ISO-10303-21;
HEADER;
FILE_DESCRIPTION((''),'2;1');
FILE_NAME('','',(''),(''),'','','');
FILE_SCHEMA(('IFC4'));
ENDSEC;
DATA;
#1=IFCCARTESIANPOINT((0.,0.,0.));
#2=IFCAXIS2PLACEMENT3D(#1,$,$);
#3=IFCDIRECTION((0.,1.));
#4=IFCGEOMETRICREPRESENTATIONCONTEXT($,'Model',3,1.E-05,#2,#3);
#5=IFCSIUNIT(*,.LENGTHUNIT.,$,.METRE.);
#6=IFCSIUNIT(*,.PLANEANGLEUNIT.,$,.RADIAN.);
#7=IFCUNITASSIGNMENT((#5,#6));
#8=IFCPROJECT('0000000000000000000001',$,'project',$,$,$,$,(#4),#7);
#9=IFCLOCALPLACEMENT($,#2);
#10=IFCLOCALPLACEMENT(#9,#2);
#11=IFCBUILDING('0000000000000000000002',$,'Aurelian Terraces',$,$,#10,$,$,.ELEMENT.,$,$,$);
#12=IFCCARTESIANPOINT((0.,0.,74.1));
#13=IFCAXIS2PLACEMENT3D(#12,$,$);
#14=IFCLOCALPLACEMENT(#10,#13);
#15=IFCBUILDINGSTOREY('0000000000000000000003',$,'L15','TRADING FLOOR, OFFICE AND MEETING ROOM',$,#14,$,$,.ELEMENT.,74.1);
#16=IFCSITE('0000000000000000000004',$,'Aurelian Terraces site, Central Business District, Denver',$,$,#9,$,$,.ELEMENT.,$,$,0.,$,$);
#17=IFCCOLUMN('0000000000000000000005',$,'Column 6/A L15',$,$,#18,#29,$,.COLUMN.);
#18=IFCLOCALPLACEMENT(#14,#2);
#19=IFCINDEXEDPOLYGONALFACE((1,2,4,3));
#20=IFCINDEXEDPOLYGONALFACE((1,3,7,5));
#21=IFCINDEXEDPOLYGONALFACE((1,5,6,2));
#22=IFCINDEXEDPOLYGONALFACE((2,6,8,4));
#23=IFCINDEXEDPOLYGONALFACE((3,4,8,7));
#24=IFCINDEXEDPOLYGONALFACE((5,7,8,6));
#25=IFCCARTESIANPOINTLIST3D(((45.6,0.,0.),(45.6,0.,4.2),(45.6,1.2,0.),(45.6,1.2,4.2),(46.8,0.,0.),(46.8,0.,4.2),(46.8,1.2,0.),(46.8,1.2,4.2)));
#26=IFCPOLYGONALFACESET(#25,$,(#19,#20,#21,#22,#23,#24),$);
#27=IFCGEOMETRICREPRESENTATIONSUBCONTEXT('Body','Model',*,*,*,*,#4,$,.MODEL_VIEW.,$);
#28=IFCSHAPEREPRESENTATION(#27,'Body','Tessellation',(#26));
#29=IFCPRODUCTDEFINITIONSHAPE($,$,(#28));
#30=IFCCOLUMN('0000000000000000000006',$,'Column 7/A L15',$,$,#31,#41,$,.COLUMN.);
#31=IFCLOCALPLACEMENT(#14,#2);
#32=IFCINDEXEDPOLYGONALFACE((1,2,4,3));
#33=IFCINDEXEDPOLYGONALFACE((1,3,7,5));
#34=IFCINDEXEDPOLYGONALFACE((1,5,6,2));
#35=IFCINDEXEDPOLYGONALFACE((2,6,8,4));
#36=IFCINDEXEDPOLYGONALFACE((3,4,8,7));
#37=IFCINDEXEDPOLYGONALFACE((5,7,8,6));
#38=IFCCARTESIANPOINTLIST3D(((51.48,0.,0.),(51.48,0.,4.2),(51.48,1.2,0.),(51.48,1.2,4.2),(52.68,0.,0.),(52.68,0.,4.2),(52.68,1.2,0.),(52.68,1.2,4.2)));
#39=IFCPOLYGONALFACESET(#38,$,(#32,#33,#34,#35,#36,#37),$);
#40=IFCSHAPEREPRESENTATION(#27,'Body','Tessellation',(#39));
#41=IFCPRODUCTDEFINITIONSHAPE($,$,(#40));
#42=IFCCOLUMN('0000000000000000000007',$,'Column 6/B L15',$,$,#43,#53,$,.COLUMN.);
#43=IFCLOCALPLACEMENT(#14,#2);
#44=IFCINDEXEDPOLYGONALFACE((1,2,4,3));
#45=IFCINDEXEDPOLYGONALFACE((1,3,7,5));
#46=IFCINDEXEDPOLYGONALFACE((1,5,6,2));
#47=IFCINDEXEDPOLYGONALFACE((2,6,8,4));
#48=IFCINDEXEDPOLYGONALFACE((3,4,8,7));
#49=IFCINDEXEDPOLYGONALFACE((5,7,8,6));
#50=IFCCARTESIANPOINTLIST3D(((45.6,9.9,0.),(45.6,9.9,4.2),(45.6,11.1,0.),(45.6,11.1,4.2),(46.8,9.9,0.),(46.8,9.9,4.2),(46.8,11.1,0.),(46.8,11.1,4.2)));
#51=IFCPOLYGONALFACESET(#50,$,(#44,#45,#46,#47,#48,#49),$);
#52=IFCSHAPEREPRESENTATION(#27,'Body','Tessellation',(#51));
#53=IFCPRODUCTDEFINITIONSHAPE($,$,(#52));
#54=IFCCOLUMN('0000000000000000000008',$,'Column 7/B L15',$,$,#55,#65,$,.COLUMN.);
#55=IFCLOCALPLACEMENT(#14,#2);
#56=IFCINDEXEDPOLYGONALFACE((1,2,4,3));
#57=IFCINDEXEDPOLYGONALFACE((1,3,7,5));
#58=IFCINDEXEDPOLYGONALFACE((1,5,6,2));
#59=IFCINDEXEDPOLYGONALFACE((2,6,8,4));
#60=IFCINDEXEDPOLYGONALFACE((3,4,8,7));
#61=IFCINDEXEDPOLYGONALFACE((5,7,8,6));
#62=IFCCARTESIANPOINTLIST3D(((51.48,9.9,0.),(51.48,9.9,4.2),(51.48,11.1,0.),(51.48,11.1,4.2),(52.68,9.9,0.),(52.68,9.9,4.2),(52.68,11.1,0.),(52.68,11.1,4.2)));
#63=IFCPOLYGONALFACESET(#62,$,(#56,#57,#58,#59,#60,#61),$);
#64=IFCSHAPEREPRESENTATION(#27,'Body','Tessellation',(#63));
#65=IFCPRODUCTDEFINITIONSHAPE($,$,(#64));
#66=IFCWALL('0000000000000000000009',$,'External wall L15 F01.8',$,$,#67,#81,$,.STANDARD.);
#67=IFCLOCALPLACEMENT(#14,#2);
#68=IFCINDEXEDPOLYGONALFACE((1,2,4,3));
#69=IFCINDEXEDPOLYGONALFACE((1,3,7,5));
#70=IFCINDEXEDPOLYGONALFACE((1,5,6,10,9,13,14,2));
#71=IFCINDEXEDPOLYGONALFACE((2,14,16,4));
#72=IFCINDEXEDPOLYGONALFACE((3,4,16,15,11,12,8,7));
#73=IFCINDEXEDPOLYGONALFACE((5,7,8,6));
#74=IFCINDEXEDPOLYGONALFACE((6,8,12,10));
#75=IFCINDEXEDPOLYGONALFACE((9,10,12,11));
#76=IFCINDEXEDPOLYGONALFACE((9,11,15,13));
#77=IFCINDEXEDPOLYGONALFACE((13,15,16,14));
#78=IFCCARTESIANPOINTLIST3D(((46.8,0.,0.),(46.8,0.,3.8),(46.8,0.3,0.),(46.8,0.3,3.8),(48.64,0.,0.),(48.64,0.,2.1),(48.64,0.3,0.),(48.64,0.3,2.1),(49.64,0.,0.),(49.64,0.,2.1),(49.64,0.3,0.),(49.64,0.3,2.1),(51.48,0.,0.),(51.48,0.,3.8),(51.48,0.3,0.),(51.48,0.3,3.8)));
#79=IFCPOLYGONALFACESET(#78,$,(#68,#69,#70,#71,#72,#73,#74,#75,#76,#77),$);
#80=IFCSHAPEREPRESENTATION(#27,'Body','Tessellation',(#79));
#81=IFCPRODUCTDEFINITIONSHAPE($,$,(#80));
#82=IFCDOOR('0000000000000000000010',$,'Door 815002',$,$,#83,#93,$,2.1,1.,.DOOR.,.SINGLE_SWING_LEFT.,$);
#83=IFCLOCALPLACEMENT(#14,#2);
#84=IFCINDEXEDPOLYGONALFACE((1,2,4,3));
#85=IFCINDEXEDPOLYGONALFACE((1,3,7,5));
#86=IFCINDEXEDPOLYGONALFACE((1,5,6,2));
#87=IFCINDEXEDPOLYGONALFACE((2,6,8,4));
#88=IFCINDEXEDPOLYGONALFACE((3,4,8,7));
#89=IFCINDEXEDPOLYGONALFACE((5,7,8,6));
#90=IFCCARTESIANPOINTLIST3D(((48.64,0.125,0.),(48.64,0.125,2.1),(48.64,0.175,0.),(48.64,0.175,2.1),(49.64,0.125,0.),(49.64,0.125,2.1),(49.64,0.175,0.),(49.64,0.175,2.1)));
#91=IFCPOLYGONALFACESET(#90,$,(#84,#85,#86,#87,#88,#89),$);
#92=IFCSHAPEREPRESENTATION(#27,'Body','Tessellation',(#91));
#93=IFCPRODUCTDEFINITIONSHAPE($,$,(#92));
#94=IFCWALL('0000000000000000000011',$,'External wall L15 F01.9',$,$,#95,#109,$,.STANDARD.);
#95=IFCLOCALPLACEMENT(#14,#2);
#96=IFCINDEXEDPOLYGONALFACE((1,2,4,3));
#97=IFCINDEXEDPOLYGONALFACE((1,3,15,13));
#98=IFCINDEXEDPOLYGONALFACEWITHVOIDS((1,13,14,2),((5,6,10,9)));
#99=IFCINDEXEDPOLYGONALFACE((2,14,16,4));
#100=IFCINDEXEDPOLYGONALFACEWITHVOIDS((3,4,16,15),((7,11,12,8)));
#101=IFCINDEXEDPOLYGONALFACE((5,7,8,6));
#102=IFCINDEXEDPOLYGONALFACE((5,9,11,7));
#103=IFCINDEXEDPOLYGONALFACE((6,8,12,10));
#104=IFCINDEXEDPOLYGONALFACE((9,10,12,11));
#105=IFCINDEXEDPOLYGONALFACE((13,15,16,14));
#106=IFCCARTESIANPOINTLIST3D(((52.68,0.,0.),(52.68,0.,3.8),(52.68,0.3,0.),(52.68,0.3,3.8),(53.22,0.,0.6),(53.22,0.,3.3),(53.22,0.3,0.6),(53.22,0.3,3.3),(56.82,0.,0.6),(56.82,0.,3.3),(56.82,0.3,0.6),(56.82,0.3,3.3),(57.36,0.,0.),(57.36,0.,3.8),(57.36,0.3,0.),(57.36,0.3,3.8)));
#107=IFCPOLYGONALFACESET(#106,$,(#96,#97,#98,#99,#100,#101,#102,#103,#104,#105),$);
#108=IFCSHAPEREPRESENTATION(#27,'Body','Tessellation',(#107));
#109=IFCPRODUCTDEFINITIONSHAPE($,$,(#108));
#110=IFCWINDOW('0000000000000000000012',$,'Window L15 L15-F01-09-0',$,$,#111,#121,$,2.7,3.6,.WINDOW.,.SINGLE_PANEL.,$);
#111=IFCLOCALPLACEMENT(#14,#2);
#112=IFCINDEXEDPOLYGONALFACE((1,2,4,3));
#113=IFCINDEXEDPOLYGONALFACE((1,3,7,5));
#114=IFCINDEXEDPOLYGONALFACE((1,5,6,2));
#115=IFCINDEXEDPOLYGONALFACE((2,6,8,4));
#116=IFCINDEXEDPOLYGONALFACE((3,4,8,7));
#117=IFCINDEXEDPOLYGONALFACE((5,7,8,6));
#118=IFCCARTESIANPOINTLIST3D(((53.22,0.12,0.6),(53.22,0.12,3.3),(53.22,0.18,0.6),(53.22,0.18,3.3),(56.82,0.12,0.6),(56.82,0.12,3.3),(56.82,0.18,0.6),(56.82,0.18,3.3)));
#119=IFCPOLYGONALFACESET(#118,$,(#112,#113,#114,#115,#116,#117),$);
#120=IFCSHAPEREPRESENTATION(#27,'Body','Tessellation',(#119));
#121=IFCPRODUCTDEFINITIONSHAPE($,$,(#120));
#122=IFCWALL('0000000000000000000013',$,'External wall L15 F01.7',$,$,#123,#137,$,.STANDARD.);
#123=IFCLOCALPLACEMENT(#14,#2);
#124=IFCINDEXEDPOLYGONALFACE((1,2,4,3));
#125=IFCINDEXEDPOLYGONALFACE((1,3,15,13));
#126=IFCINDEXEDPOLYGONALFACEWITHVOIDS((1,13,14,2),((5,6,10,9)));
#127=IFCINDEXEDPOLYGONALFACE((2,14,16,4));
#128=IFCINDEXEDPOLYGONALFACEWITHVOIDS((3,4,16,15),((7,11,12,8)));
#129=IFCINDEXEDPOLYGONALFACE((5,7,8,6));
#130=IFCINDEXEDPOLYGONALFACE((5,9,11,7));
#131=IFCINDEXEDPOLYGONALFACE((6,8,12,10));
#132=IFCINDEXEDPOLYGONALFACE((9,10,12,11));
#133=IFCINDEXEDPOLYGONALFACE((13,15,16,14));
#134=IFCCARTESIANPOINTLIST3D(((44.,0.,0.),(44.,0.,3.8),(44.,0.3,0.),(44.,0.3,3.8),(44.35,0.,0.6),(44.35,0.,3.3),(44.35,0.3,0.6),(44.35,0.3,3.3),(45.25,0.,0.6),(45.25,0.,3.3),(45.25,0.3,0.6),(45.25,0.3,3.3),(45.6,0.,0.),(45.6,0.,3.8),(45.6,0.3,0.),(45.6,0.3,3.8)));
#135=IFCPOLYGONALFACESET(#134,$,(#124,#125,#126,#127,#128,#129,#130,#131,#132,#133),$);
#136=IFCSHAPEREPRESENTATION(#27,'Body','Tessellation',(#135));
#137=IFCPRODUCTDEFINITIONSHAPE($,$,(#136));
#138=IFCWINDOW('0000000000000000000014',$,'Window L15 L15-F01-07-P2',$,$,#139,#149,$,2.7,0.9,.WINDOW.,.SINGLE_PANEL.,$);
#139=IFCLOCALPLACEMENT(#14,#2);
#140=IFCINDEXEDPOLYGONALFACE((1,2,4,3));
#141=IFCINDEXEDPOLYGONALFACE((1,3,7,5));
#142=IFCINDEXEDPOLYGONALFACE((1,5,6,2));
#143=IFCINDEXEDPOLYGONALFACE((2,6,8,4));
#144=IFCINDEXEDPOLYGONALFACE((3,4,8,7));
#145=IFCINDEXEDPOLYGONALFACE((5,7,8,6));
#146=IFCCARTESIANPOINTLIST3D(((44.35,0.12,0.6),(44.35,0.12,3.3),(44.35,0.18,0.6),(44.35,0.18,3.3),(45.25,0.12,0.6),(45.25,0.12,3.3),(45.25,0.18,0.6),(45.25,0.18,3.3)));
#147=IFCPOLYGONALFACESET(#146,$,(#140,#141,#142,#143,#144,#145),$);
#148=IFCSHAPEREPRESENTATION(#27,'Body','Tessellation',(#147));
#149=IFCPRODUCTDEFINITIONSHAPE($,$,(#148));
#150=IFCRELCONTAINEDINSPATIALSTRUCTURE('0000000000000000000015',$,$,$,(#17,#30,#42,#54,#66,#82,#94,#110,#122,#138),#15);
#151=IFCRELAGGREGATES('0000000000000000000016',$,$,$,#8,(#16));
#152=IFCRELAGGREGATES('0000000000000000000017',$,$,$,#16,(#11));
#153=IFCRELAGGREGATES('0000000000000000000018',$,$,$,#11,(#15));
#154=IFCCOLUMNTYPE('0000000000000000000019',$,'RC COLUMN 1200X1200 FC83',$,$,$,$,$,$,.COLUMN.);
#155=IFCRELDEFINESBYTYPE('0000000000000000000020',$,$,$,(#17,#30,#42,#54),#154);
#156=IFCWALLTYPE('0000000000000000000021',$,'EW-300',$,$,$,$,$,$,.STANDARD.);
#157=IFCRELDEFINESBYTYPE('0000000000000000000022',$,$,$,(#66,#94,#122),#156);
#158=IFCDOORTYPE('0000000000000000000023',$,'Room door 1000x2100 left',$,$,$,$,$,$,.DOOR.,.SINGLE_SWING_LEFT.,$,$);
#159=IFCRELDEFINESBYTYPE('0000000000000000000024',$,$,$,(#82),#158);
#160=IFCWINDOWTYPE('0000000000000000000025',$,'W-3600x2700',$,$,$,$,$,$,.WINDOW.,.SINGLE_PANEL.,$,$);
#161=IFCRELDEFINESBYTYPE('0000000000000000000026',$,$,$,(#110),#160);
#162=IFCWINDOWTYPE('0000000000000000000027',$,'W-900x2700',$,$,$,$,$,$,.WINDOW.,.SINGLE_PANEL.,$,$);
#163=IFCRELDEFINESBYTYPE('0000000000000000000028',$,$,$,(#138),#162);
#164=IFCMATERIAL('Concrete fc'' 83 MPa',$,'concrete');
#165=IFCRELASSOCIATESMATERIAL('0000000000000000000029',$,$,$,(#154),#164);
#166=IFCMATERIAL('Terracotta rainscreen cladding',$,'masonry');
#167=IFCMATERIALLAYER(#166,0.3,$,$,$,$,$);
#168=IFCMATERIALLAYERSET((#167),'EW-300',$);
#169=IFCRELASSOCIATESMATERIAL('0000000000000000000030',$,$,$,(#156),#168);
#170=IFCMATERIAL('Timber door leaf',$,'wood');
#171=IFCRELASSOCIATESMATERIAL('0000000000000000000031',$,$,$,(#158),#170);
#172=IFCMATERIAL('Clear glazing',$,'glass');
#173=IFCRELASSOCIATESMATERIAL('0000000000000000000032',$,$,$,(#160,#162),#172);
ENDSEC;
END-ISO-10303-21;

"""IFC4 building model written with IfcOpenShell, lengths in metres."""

from ifc_helpers import new_model, si_unit, direction, frame, frame_2d, origin, origin_2d, place, context, subcontext, project, spatial, rectangle, extrude, source, transform, mapped, material, layer, layer_set, material_profile, profile_set, type_object, element, fill, save


model = new_model("IFC4")

# Units and contexts
model_context = context("Model", 3, precision=1e-05, world=origin(), true_north=direction((0.0, 1.0)))
body_context = subcontext(model_context, "Body", "Model", "MODEL_VIEW")
ifc_project = project(units=[si_unit("LENGTHUNIT", "METRE"), si_unit("PLANEANGLEUNIT", "RADIAN")], contexts=[model_context])

# Site, building, storey
site_placement = place(None, origin())
site = spatial("IfcSite", under=ifc_project, at=site_placement, Name="Aurelian Terraces site, Central Business District, Denver", CompositionType="ELEMENT", RefElevation=0.0)
building_placement = place(site_placement, origin())
building = spatial("IfcBuilding", under=site, at=building_placement, Name="Aurelian Terraces", CompositionType="ELEMENT")
storey_placement = place(building_placement, frame((0.0, 0.0, 74.1)))
storey = spatial("IfcBuildingStorey", under=building, at=storey_placement, Name="L15", Description="TRADING FLOOR, OFFICE AND MEETING ROOM", CompositionType="ELEMENT", Elevation=74.1)

# Columns
ifc_material_1 = material(Name="Concrete fc' 83 MPa", Category="concrete")
ifc_material_profile = material_profile(ifc_material_1, rectangle(XDim=1.2, YDim=1.2, at=origin_2d()))
ifc_profile_set = profile_set([ifc_material_profile], Name="Concrete fc' 83 MPa")
column_type = type_object("IfcColumnType", Name="RC COLUMN 1200X1200 FC83", PredefinedType="COLUMN", material=ifc_profile_set)
shared_shape_1 = source(origin(), body_context, "Body", "SweptSolid", [
    extrude(rectangle(XDim=1.2, YDim=1.2, at=origin_2d()), origin(), (0.0, 0.0, 1.0), 4.2),
])
for number, where, z_axis, x_axis, name in (
    (1, (46.2, 0.6, 0.0), (0.0, 0.0, 1.0), (1.0, 0.0, 0.0), "Column 6/A L15"),
    (2, (52.08, 0.6, 0.0), (0.0, 0.0, 1.0), (1.0, 0.0, 0.0), "Column 7/A L15"),
    (3, (46.2, 10.5, 0.0), (0.0, 0.0, 1.0), (1.0, 0.0, 0.0), "Column 6/B L15"),
    (4, (52.08, 10.5, 0.0), (0.0, 0.0, 1.0), (1.0, 0.0, 0.0), "Column 7/B L15"),
):
    element("IfcColumn", number, at=place(storey_placement, frame(where, z_axis=z_axis, x_axis=x_axis)), inside=storey, type_object=column_type, Name=name, PredefinedType="COLUMN", context=body_context, shape_type="MappedRepresentation", body=[
        mapped(shared_shape_1, transform((0.0, 0.0, 0.0), scale=1.0)),
    ])

# Wall, opening, door
ifc_material_2 = material(Name="Terracotta rainscreen cladding", Category="masonry")
ifc_layer_1 = layer(ifc_material_2, 0.3)
ifc_layer_set_1 = layer_set([ifc_layer_1], Name="EW-300")
wall_type_1 = type_object("IfcWallType", Name="EW-300", PredefinedType="STANDARD", material=ifc_layer_set_1)
shared_shape_2 = source(origin(), body_context, "Body", "SweptSolid", [
    extrude(rectangle(XDim=4.68, YDim=0.3, at=frame_2d((2.34, 0.0))), origin(), (0.0, 0.0, 1.0), 3.8),
])
wall_1_placement = place(storey_placement, frame((46.8, 0.15, 0.0), z_axis=(0.0, 0.0, 1.0), x_axis=(1.0, 0.0, 0.0)))
wall_1 = element("IfcWall", 5, at=wall_1_placement, inside=storey, type_object=wall_type_1, Name="External wall L15 F01.8", PredefinedType="STANDARD", context=body_context, shape_type="MappedRepresentation", body=[
    mapped(shared_shape_2, transform((0.0, 0.0, 0.0), scale=1.0)),
])
shared_shape_3 = source(origin(), body_context, "Body", "SweptSolid", [
    extrude(rectangle(XDim=1.0, YDim=2.1, at=frame_2d((0.5, 1.05))), frame((0.0, 0.16, 0.0), z_axis=(0.0, -1.0, 0.0), x_axis=(1.0, 0.0, 0.0)), (0.0, 0.0, 1.0), 0.32),
])
opening_1_placement = place(wall_1_placement, frame((1.84, 0.0, 0.0)))
opening_1 = element("IfcOpeningElement", 6, at=opening_1_placement, cuts=wall_1, PredefinedType="OPENING", context=body_context, shape_type="MappedRepresentation", body=[
    mapped(shared_shape_3, transform((0.0, 0.0, 0.0), scale=1.0)),
])
ifc_material_3 = material(Name="Timber door leaf", Category="wood")
door_type_1 = type_object("IfcDoorType", Name="Room door 1000x2100 left", OperationType="SINGLE_SWING_LEFT", PredefinedType="DOOR", material=ifc_material_3)
shared_shape_4 = source(origin(), body_context, "Body", "SweptSolid", [
    extrude(rectangle(XDim=1.0, YDim=2.1, at=frame_2d((0.5, 1.05))), frame((0.0, 0.025, 0.0), z_axis=(0.0, -1.0, 0.0), x_axis=(1.0, 0.0, 0.0)), (0.0, 0.0, 1.0), 0.05),
])
door_1_placement = place(opening_1_placement, origin())
door_1 = element("IfcDoor", 7, at=door_1_placement, inside=storey, type_object=door_type_1, Name="Door 815002", OperationType="SINGLE_SWING_LEFT", OverallHeight=2.1, OverallWidth=1.0, PredefinedType="DOOR", context=body_context, shape_type="MappedRepresentation", body=[
    mapped(shared_shape_4, transform((0.0, 0.0, 0.0), scale=1.0)),
])
fill(opening_1, door_1)

# Walls, openings, windows
wall_2_placement = place(storey_placement, frame((52.68, 0.15, 0.0), z_axis=(0.0, 0.0, 1.0), x_axis=(1.0, 0.0, 0.0)))
wall_2 = element("IfcWall", 8, at=wall_2_placement, inside=storey, type_object=wall_type_1, Name="External wall L15 F01.9", PredefinedType="STANDARD", context=body_context, shape_type="MappedRepresentation", body=[
    mapped(shared_shape_2, transform((0.0, 0.0, 0.0), scale=1.0)),
])
shared_shape_5 = source(origin(), body_context, "Body", "SweptSolid", [
    extrude(rectangle(XDim=3.6, YDim=2.7, at=frame_2d((1.8, 1.35))), frame((0.0, 0.16, 0.0), z_axis=(0.0, -1.0, 0.0), x_axis=(1.0, 0.0, 0.0)), (0.0, 0.0, 1.0), 0.32),
])
opening_2_placement = place(wall_2_placement, frame((0.54, 0.0, 0.6)))
opening_2 = element("IfcOpeningElement", 9, at=opening_2_placement, cuts=wall_2, PredefinedType="OPENING", context=body_context, shape_type="MappedRepresentation", body=[
    mapped(shared_shape_5, transform((0.0, 0.0, 0.0), scale=1.0)),
])
ifc_material_4 = material(Name="Clear glazing", Category="glass")
window_type_1 = type_object("IfcWindowType", Name="W-3600x2700", PartitioningType="SINGLE_PANEL", PredefinedType="WINDOW", material=ifc_material_4)
shared_shape_6 = source(origin(), body_context, "Body", "SweptSolid", [
    extrude(rectangle(XDim=3.6, YDim=2.7, at=frame_2d((1.8, 1.35))), frame((0.0, 0.03, 0.0), z_axis=(0.0, -1.0, 0.0), x_axis=(1.0, 0.0, 0.0)), (0.0, 0.0, 1.0), 0.06),
])
window_1_placement = place(opening_2_placement, origin())
window_1 = element("IfcWindow", 10, at=window_1_placement, inside=storey, type_object=window_type_1, Name="Window L15 L15-F01-09-0", OverallHeight=2.7, OverallWidth=3.6, PartitioningType="SINGLE_PANEL", PredefinedType="WINDOW", context=body_context, shape_type="MappedRepresentation", body=[
    mapped(shared_shape_6, transform((0.0, 0.0, 0.0), scale=1.0)),
])
fill(opening_2, window_1)
shared_shape_7 = source(origin(), body_context, "Body", "SweptSolid", [
    extrude(rectangle(XDim=1.6, YDim=0.3, at=frame_2d((0.8, 0.0))), origin(), (0.0, 0.0, 1.0), 3.8),
])
wall_3_placement = place(storey_placement, frame((44.0, 0.15, 0.0), z_axis=(0.0, 0.0, 1.0), x_axis=(1.0, 0.0, 0.0)))
wall_3 = element("IfcWall", 11, at=wall_3_placement, inside=storey, type_object=wall_type_1, Name="External wall L15 F01.7", PredefinedType="STANDARD", context=body_context, shape_type="MappedRepresentation", body=[
    mapped(shared_shape_7, transform((0.0, 0.0, 0.0), scale=1.0)),
])
shared_shape_8 = source(origin(), body_context, "Body", "SweptSolid", [
    extrude(rectangle(XDim=0.9, YDim=2.7, at=frame_2d((0.45, 1.35))), frame((0.0, 0.16, 0.0), z_axis=(0.0, -1.0, 0.0), x_axis=(1.0, 0.0, 0.0)), (0.0, 0.0, 1.0), 0.32),
])
opening_3_placement = place(wall_3_placement, frame((0.35, 0.0, 0.6)))
opening_3 = element("IfcOpeningElement", 12, at=opening_3_placement, cuts=wall_3, PredefinedType="OPENING", context=body_context, shape_type="MappedRepresentation", body=[
    mapped(shared_shape_8, transform((0.0, 0.0, 0.0), scale=1.0)),
])
window_type_2 = type_object("IfcWindowType", Name="W-900x2700", PartitioningType="SINGLE_PANEL", PredefinedType="WINDOW", material=ifc_material_4)
shared_shape_9 = source(origin(), body_context, "Body", "SweptSolid", [
    extrude(rectangle(XDim=0.9, YDim=2.7, at=frame_2d((0.45, 1.35))), frame((0.0, 0.03, 0.0), z_axis=(0.0, -1.0, 0.0), x_axis=(1.0, 0.0, 0.0)), (0.0, 0.0, 1.0), 0.06),
])
window_2_placement = place(opening_3_placement, origin())
window_2 = element("IfcWindow", 13, at=window_2_placement, inside=storey, type_object=window_type_2, Name="Window L15 L15-F01-07-P2", OverallHeight=2.7, OverallWidth=0.9, PartitioningType="SINGLE_PANEL", PredefinedType="WINDOW", context=body_context, shape_type="MappedRepresentation", body=[
    mapped(shared_shape_9, transform((0.0, 0.0, 0.0), scale=1.0)),
])
fill(opening_3, window_2)

save(model, "model.ifc")
